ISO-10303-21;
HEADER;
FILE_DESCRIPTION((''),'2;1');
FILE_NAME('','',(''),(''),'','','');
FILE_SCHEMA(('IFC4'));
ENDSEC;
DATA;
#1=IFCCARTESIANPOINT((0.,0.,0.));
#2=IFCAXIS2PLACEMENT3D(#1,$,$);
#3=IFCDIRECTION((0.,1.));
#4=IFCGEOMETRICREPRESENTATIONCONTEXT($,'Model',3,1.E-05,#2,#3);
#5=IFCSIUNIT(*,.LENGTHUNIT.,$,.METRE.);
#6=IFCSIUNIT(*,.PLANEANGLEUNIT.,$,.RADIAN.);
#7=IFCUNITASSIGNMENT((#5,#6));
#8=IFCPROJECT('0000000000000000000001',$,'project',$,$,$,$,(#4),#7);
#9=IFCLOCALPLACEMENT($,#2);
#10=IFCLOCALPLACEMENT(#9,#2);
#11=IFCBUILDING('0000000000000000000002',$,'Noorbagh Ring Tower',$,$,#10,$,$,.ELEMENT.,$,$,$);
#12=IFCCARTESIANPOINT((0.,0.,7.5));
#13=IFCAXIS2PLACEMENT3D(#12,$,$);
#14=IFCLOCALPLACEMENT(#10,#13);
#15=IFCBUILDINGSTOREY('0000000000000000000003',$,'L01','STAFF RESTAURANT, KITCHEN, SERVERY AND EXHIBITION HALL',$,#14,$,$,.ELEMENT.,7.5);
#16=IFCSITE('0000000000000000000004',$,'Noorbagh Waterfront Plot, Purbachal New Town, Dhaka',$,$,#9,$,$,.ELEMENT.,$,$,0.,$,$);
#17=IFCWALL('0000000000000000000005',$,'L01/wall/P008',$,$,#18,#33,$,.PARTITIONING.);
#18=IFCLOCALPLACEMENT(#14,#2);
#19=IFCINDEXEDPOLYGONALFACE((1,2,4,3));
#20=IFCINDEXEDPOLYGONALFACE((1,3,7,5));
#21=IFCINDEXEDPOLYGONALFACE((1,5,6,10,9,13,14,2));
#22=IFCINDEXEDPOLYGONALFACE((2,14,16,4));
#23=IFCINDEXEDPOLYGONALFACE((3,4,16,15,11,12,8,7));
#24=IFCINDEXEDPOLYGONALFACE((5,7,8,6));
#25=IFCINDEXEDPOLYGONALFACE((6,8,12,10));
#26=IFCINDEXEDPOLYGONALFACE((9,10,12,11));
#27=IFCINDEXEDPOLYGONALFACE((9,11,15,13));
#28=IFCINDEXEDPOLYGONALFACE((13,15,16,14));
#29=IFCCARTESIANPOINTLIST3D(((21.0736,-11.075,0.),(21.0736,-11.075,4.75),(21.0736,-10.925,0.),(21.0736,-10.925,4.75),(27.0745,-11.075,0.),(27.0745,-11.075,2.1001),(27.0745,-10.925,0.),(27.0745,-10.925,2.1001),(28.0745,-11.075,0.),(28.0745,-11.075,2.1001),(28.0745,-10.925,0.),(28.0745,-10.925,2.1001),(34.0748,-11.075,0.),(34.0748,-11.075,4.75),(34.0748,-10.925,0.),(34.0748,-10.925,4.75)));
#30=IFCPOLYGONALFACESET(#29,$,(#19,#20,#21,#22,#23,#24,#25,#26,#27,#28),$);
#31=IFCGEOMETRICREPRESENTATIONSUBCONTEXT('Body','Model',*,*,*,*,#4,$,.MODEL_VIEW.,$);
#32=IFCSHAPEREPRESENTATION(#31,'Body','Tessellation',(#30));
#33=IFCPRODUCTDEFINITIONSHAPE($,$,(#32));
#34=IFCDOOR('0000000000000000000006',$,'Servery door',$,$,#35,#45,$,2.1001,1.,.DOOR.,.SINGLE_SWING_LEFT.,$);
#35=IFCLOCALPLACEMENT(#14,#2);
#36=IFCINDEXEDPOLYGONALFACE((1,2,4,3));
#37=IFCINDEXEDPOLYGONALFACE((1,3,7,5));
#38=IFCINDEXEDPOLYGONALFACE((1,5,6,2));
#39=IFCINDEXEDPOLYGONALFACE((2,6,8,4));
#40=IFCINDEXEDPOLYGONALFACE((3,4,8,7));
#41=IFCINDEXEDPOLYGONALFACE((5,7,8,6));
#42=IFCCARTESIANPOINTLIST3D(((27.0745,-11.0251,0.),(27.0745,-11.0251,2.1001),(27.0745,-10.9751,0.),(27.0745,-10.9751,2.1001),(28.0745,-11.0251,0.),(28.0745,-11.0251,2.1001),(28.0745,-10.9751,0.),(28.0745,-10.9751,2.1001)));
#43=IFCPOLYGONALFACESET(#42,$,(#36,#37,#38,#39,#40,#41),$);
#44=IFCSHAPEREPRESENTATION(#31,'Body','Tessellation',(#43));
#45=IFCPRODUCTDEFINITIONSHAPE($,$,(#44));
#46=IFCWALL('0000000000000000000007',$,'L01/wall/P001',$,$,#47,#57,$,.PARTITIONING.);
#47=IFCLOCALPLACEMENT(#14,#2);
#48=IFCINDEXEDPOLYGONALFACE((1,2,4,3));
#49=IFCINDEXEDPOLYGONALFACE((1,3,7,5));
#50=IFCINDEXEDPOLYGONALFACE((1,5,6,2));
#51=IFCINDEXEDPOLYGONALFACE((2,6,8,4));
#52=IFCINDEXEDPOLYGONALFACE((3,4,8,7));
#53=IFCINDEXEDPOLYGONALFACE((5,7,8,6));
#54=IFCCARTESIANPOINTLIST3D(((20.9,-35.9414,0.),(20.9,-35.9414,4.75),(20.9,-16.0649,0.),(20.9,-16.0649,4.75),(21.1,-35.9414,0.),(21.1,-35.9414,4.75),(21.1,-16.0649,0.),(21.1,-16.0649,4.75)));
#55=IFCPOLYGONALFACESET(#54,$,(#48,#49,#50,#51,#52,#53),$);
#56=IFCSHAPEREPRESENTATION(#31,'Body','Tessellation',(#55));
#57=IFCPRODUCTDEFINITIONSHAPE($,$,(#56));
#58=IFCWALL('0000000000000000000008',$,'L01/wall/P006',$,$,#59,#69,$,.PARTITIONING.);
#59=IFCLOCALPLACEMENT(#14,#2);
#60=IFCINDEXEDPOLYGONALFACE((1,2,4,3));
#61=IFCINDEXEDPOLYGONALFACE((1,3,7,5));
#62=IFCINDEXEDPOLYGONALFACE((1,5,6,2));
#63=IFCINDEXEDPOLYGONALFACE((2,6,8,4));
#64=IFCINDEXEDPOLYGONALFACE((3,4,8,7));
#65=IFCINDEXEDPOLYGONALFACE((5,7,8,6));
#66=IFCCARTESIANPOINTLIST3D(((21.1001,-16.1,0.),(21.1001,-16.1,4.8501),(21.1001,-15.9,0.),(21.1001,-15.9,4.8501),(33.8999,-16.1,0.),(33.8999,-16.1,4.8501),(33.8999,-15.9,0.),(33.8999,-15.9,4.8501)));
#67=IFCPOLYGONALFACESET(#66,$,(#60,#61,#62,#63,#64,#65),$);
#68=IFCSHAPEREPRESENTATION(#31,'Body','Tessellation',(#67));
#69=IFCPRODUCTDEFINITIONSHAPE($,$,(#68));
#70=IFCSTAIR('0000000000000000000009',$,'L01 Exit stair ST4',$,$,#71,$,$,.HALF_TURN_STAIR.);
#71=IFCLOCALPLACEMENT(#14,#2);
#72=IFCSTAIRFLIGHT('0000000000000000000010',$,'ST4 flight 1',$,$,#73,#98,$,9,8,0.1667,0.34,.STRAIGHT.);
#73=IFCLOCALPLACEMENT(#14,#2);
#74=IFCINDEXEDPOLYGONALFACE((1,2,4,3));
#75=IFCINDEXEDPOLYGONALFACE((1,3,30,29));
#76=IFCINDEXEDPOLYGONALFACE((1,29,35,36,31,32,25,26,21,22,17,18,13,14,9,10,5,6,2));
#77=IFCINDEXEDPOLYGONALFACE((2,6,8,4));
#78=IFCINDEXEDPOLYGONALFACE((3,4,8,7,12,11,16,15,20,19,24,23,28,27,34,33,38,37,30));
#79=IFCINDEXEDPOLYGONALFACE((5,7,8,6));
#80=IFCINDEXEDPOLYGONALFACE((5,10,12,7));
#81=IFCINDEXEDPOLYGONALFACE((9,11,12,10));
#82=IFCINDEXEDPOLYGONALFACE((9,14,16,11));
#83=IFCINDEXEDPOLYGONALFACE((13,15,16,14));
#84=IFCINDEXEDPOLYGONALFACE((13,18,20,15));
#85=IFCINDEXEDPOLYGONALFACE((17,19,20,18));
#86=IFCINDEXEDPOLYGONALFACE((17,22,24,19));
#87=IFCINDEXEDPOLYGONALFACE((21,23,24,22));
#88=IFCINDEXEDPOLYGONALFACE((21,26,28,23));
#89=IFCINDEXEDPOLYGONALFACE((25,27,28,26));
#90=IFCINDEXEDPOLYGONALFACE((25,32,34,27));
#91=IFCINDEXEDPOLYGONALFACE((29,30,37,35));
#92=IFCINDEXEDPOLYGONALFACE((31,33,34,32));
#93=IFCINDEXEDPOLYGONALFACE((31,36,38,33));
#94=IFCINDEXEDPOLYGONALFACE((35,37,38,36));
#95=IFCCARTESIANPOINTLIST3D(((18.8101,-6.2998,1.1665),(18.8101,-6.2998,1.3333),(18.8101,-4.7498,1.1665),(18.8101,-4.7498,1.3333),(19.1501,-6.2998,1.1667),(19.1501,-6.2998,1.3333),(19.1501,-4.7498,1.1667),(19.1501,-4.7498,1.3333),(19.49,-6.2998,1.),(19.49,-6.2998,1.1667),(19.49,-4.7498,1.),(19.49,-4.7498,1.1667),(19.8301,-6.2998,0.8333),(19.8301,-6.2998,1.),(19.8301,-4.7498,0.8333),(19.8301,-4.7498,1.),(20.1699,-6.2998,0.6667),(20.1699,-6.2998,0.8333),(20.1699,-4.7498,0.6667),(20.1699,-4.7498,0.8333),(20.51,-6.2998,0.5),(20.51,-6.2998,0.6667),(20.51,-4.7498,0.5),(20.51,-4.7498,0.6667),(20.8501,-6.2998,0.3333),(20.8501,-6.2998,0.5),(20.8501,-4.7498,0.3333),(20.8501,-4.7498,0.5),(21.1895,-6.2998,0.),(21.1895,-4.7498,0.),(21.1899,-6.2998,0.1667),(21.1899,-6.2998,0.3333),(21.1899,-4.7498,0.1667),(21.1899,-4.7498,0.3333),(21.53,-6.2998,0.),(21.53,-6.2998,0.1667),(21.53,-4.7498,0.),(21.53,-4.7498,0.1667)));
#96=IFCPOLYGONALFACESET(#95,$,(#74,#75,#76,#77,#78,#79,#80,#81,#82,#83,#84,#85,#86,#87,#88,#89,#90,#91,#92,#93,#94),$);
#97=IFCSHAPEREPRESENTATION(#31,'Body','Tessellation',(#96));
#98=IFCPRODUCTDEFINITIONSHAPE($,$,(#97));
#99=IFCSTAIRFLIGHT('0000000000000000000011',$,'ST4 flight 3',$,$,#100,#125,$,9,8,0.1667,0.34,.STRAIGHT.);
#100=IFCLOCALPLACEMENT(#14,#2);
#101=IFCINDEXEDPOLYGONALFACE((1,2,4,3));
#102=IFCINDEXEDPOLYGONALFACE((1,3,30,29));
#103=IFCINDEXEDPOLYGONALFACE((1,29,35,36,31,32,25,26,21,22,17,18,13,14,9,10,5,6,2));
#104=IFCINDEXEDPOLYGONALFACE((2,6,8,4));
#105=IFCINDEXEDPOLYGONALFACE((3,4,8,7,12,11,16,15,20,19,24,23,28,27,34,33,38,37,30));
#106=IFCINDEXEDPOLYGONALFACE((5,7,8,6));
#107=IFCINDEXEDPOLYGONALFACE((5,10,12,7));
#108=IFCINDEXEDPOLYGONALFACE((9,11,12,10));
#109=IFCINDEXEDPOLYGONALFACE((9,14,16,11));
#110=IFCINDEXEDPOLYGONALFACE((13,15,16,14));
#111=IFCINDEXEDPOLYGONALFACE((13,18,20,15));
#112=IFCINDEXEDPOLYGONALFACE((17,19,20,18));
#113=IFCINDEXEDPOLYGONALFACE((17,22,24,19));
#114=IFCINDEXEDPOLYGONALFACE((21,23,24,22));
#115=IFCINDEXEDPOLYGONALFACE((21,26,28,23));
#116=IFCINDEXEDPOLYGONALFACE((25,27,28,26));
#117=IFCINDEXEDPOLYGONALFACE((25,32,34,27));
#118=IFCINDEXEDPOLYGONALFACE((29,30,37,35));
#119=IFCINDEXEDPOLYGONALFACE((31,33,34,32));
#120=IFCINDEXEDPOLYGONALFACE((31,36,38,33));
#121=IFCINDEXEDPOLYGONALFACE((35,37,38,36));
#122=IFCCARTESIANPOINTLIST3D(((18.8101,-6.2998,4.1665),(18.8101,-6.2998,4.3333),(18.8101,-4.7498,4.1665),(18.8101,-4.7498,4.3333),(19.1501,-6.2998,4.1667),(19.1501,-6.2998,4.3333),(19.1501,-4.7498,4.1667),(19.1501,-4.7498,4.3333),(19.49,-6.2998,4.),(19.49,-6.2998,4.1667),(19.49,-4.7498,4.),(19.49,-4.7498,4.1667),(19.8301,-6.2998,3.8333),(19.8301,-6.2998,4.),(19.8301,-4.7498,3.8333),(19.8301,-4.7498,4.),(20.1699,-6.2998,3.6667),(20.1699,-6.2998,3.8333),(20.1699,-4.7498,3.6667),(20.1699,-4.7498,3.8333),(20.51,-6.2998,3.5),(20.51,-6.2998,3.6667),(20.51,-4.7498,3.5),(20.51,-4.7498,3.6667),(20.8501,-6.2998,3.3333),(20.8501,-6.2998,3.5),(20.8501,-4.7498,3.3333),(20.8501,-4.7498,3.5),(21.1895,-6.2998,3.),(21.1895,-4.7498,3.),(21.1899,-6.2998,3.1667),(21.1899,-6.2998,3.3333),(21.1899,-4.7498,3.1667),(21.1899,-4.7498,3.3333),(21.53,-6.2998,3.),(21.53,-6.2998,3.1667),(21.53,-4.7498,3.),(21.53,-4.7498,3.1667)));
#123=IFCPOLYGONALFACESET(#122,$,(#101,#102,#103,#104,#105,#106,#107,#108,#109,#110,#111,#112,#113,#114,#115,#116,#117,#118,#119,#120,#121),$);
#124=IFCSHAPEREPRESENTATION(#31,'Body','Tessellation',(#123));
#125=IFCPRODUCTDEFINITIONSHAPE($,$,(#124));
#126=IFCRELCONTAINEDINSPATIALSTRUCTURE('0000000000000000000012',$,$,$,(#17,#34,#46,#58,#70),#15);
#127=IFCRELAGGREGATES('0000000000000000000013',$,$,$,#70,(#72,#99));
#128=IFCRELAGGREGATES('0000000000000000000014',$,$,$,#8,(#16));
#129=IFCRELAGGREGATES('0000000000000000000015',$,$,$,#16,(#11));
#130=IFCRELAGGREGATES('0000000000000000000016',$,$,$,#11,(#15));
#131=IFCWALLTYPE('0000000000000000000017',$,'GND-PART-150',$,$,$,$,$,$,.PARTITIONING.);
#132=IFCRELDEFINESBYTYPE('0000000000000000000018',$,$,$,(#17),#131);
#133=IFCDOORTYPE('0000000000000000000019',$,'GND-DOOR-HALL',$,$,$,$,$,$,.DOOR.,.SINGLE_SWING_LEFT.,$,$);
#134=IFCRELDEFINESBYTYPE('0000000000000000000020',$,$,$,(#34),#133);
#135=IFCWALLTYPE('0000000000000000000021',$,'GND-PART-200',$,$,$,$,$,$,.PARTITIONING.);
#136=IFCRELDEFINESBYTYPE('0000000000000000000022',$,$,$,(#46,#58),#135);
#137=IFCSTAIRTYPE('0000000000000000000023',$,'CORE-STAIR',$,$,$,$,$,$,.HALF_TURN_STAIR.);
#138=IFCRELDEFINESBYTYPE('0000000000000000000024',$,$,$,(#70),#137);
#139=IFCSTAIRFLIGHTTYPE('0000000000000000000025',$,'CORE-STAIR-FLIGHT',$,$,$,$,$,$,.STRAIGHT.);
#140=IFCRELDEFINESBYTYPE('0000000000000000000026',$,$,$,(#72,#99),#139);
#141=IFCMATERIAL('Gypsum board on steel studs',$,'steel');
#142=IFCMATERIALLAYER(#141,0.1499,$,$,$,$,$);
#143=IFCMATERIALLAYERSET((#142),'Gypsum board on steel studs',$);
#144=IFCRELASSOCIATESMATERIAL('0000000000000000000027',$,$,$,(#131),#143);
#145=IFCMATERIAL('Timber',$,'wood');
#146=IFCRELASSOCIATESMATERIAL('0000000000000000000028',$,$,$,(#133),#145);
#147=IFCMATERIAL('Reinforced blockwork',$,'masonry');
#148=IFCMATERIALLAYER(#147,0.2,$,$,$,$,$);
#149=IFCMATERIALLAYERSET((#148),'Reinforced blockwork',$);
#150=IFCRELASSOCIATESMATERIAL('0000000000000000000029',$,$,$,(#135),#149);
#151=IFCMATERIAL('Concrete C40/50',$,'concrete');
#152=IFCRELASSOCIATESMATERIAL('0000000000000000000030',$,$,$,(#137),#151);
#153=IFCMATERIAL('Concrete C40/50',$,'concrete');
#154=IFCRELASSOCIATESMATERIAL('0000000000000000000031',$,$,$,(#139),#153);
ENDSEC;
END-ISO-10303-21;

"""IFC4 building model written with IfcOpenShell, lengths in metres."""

from ifc_helpers import new_model, si_unit, direction, frame, frame_2d, origin, place, context, subcontext, project, spatial, polyline, rectangle, outline, extrude, material, layer, layer_set, type_object, element, fill, aggregate, save


model = new_model("IFC4")

# Units and contexts
model_context = context("Model", 3, precision=1e-05, world=origin(), true_north=direction((0.0, 1.0)))
body_context = subcontext(model_context, "Body", "Model", "MODEL_VIEW")
ifc_project = project(units=[si_unit("LENGTHUNIT", "METRE"), si_unit("PLANEANGLEUNIT", "RADIAN")], contexts=[model_context])

# Site, building, storey
site_placement = place(None, origin())
site = spatial("IfcSite", under=ifc_project, at=site_placement, Name="Noorbagh Waterfront Plot, Purbachal New Town, Dhaka", CompositionType="ELEMENT", RefElevation=0.0)
building_placement = place(site_placement, origin())
building = spatial("IfcBuilding", under=site, at=building_placement, Name="Noorbagh Ring Tower", CompositionType="ELEMENT")
storey_placement = place(building_placement, frame((0.0, 0.0, 7.5)))
storey = spatial("IfcBuildingStorey", under=building, at=storey_placement, Name="L01", Description="STAFF RESTAURANT, KITCHEN, SERVERY AND EXHIBITION HALL", CompositionType="ELEMENT", Elevation=7.5)

# Shared definitions
ifc_material_1 = material(Name="Gypsum board on steel studs", Category="steel")
ifc_layer_1 = layer(ifc_material_1, 0.1499)
ifc_layer_set_1 = layer_set([ifc_layer_1], Name="Gypsum board on steel studs")
wall_type_1 = type_object("IfcWallType", Name="GND-PART-150", PredefinedType="PARTITIONING", material=ifc_layer_set_1)

# Wall, opening, door
wall_1_placement = place(storey_placement, frame((21.0737, -11.0, 0.0), z_axis=(0.0, 0.0, 1.0), x_axis=(1.0, 0.0, 0.0)))
wall_1 = element("IfcWall", 1, at=wall_1_placement, inside=storey, type_object=wall_type_1, Name="L01/wall/P008", PredefinedType="PARTITIONING", context=body_context, shape_type="SweptSolid", body=[
    extrude(rectangle(XDim=13.0012, YDim=0.1499, at=frame_2d((6.5005, 0.0))), origin(), (0.0, 0.0, 1.0), 4.75),
])
opening_1_placement = place(wall_1_placement, frame((6.0007, 0.0, 0.0)))
opening_1 = element("IfcOpeningElement", 2, at=opening_1_placement, cuts=wall_1, PredefinedType="OPENING", context=body_context, shape_type="SweptSolid", body=[
    extrude(rectangle(XDim=1.0, YDim=2.1001, at=frame_2d((0.5, 1.05))), frame((0.0, 0.085, 0.0), z_axis=(0.0, -1.0, 0.0), x_axis=(1.0, 0.0, 0.0)), (0.0, 0.0, 1.0), 0.1699),
])
ifc_material_2 = material(Name="Timber", Category="wood")
door_type_1 = type_object("IfcDoorType", Name="GND-DOOR-HALL", OperationType="SINGLE_SWING_LEFT", PredefinedType="DOOR", material=ifc_material_2)
door_1_placement = place(opening_1_placement, origin())
door_1 = element("IfcDoor", 3, at=door_1_placement, inside=storey, type_object=door_type_1, Name="Servery door", OperationType="SINGLE_SWING_LEFT", OverallHeight=2.1001, OverallWidth=1.0, PredefinedType="DOOR", context=body_context, shape_type="SweptSolid", body=[
    extrude(rectangle(XDim=1.0, YDim=2.1001, at=frame_2d((0.5, 1.05))), frame((0.0, 0.0249, 0.0), z_axis=(0.0, -1.0, 0.0), x_axis=(1.0, 0.0, 0.0)), (0.0, 0.0, 1.0), 0.05),
])
fill(opening_1, door_1)

# Walls
ifc_material_3 = material(Name="Reinforced blockwork", Category="masonry")
ifc_layer_2 = layer(ifc_material_3, 0.2)
ifc_layer_set_2 = layer_set([ifc_layer_2], Name="Reinforced blockwork")
wall_type_2 = type_object("IfcWallType", Name="GND-PART-200", PredefinedType="PARTITIONING", material=ifc_layer_set_2)
wall_2_placement = place(storey_placement, frame((21.0, -16.0649, 0.0), z_axis=(0.0, 0.0, 1.0), x_axis=(0.0, -1.0, 0.0)))
element("IfcWall", 4, at=wall_2_placement, inside=storey, type_object=wall_type_2, Name="L01/wall/P001", PredefinedType="PARTITIONING", context=body_context, shape_type="SweptSolid", body=[
    extrude(rectangle(XDim=19.8765, YDim=0.2, at=frame_2d((9.9382, 0.0))), origin(), (0.0, 0.0, 1.0), 4.75),
])
wall_3_placement = place(storey_placement, frame((21.1001, -16.0, 0.0), z_axis=(0.0, 0.0, 1.0), x_axis=(1.0, 0.0, 0.0)))
element("IfcWall", 5, at=wall_3_placement, inside=storey, type_object=wall_type_2, Name="L01/wall/P006", PredefinedType="PARTITIONING", context=body_context, shape_type="SweptSolid", body=[
    extrude(rectangle(XDim=12.7998, YDim=0.2, at=frame_2d((6.3999, 0.0))), origin(), (0.0, 0.0, 1.0), 4.8501),
])

# Stair, stair flights
ifc_material_4 = material(Name="Concrete C40/50", Category="concrete")
stair_type = type_object("IfcStairType", Name="CORE-STAIR", PredefinedType="HALF_TURN_STAIR", material=ifc_material_4)
stair_placement = place(storey_placement, origin())
stair = element("IfcStair", 6, at=stair_placement, inside=storey, type_object=stair_type, Name="L01 Exit stair ST4", PredefinedType="HALF_TURN_STAIR")
ifc_material_5 = material(Name="Concrete C40/50", Category="concrete")
stair_flight_type = type_object("IfcStairFlightType", Name="CORE-STAIR-FLIGHT", PredefinedType="STRAIGHT", material=ifc_material_5)
stair_flight_1_placement = place(storey_placement, frame((21.53, -5.5249, 0.0), z_axis=(0.0, 0.0, 1.0), x_axis=(-1.0, 0.0, 0.0)))
stair_flight_1 = element("IfcStairFlight", 7, at=stair_flight_1_placement, type_object=stair_flight_type, Name="ST4 flight 1", NumberOfRisers=9, NumberOfTreads=8, PredefinedType="STRAIGHT", RiserHeight=0.1667, TreadLength=0.34, context=body_context, shape_type="SweptSolid", body=[
    extrude(outline(polyline([(0.0, 0.0), (0.0, 0.1667), (0.3401, 0.1667), (0.3401, 0.3333), (0.6799, 0.3333), (0.6799, 0.5), (1.02, 0.5), (1.02, 0.6667), (1.3601, 0.6667), (1.3601, 0.8333), (1.7, 0.8333), (1.7, 1.0), (2.04, 1.0), (2.04, 1.1667), (2.3799, 1.1667), (2.3799, 1.3333), (2.72, 1.3333), (2.72, 1.5), (2.72, 1.1665), (0.3406, 0.0), (0.0, 0.0)])), frame((0.0, 0.7749, 0.0), z_axis=(0.0, -1.0, 0.0), x_axis=(1.0, 0.0, 0.0)), (0.0, 0.0, 1.0), 1.55),
])
stair_flight_2_placement = place(storey_placement, frame((21.53, -5.5249, 3.0), z_axis=(0.0, 0.0, 1.0), x_axis=(-1.0, 0.0, 0.0)))
stair_flight_2 = element("IfcStairFlight", 8, at=stair_flight_2_placement, type_object=stair_flight_type, Name="ST4 flight 3", NumberOfRisers=9, NumberOfTreads=8, PredefinedType="STRAIGHT", RiserHeight=0.1667, TreadLength=0.34, context=body_context, shape_type="SweptSolid", body=[
    extrude(outline(polyline([(0.0, 0.0), (0.0, 0.1667), (0.3401, 0.1667), (0.3401, 0.3333), (0.6799, 0.3333), (0.6799, 0.5), (1.02, 0.5), (1.02, 0.6667), (1.3601, 0.6667), (1.3601, 0.8333), (1.7, 0.8333), (1.7, 1.0), (2.04, 1.0), (2.04, 1.1667), (2.3799, 1.1667), (2.3799, 1.3333), (2.72, 1.3333), (2.72, 1.5), (2.72, 1.1665), (0.3406, 0.0), (0.0, 0.0)])), frame((0.0, 0.7749, 0.0), z_axis=(0.0, -1.0, 0.0), x_axis=(1.0, 0.0, 0.0)), (0.0, 0.0, 1.0), 1.55),
])
aggregate(stair, [stair_flight_1, stair_flight_2])

save(model, "model.ifc")
